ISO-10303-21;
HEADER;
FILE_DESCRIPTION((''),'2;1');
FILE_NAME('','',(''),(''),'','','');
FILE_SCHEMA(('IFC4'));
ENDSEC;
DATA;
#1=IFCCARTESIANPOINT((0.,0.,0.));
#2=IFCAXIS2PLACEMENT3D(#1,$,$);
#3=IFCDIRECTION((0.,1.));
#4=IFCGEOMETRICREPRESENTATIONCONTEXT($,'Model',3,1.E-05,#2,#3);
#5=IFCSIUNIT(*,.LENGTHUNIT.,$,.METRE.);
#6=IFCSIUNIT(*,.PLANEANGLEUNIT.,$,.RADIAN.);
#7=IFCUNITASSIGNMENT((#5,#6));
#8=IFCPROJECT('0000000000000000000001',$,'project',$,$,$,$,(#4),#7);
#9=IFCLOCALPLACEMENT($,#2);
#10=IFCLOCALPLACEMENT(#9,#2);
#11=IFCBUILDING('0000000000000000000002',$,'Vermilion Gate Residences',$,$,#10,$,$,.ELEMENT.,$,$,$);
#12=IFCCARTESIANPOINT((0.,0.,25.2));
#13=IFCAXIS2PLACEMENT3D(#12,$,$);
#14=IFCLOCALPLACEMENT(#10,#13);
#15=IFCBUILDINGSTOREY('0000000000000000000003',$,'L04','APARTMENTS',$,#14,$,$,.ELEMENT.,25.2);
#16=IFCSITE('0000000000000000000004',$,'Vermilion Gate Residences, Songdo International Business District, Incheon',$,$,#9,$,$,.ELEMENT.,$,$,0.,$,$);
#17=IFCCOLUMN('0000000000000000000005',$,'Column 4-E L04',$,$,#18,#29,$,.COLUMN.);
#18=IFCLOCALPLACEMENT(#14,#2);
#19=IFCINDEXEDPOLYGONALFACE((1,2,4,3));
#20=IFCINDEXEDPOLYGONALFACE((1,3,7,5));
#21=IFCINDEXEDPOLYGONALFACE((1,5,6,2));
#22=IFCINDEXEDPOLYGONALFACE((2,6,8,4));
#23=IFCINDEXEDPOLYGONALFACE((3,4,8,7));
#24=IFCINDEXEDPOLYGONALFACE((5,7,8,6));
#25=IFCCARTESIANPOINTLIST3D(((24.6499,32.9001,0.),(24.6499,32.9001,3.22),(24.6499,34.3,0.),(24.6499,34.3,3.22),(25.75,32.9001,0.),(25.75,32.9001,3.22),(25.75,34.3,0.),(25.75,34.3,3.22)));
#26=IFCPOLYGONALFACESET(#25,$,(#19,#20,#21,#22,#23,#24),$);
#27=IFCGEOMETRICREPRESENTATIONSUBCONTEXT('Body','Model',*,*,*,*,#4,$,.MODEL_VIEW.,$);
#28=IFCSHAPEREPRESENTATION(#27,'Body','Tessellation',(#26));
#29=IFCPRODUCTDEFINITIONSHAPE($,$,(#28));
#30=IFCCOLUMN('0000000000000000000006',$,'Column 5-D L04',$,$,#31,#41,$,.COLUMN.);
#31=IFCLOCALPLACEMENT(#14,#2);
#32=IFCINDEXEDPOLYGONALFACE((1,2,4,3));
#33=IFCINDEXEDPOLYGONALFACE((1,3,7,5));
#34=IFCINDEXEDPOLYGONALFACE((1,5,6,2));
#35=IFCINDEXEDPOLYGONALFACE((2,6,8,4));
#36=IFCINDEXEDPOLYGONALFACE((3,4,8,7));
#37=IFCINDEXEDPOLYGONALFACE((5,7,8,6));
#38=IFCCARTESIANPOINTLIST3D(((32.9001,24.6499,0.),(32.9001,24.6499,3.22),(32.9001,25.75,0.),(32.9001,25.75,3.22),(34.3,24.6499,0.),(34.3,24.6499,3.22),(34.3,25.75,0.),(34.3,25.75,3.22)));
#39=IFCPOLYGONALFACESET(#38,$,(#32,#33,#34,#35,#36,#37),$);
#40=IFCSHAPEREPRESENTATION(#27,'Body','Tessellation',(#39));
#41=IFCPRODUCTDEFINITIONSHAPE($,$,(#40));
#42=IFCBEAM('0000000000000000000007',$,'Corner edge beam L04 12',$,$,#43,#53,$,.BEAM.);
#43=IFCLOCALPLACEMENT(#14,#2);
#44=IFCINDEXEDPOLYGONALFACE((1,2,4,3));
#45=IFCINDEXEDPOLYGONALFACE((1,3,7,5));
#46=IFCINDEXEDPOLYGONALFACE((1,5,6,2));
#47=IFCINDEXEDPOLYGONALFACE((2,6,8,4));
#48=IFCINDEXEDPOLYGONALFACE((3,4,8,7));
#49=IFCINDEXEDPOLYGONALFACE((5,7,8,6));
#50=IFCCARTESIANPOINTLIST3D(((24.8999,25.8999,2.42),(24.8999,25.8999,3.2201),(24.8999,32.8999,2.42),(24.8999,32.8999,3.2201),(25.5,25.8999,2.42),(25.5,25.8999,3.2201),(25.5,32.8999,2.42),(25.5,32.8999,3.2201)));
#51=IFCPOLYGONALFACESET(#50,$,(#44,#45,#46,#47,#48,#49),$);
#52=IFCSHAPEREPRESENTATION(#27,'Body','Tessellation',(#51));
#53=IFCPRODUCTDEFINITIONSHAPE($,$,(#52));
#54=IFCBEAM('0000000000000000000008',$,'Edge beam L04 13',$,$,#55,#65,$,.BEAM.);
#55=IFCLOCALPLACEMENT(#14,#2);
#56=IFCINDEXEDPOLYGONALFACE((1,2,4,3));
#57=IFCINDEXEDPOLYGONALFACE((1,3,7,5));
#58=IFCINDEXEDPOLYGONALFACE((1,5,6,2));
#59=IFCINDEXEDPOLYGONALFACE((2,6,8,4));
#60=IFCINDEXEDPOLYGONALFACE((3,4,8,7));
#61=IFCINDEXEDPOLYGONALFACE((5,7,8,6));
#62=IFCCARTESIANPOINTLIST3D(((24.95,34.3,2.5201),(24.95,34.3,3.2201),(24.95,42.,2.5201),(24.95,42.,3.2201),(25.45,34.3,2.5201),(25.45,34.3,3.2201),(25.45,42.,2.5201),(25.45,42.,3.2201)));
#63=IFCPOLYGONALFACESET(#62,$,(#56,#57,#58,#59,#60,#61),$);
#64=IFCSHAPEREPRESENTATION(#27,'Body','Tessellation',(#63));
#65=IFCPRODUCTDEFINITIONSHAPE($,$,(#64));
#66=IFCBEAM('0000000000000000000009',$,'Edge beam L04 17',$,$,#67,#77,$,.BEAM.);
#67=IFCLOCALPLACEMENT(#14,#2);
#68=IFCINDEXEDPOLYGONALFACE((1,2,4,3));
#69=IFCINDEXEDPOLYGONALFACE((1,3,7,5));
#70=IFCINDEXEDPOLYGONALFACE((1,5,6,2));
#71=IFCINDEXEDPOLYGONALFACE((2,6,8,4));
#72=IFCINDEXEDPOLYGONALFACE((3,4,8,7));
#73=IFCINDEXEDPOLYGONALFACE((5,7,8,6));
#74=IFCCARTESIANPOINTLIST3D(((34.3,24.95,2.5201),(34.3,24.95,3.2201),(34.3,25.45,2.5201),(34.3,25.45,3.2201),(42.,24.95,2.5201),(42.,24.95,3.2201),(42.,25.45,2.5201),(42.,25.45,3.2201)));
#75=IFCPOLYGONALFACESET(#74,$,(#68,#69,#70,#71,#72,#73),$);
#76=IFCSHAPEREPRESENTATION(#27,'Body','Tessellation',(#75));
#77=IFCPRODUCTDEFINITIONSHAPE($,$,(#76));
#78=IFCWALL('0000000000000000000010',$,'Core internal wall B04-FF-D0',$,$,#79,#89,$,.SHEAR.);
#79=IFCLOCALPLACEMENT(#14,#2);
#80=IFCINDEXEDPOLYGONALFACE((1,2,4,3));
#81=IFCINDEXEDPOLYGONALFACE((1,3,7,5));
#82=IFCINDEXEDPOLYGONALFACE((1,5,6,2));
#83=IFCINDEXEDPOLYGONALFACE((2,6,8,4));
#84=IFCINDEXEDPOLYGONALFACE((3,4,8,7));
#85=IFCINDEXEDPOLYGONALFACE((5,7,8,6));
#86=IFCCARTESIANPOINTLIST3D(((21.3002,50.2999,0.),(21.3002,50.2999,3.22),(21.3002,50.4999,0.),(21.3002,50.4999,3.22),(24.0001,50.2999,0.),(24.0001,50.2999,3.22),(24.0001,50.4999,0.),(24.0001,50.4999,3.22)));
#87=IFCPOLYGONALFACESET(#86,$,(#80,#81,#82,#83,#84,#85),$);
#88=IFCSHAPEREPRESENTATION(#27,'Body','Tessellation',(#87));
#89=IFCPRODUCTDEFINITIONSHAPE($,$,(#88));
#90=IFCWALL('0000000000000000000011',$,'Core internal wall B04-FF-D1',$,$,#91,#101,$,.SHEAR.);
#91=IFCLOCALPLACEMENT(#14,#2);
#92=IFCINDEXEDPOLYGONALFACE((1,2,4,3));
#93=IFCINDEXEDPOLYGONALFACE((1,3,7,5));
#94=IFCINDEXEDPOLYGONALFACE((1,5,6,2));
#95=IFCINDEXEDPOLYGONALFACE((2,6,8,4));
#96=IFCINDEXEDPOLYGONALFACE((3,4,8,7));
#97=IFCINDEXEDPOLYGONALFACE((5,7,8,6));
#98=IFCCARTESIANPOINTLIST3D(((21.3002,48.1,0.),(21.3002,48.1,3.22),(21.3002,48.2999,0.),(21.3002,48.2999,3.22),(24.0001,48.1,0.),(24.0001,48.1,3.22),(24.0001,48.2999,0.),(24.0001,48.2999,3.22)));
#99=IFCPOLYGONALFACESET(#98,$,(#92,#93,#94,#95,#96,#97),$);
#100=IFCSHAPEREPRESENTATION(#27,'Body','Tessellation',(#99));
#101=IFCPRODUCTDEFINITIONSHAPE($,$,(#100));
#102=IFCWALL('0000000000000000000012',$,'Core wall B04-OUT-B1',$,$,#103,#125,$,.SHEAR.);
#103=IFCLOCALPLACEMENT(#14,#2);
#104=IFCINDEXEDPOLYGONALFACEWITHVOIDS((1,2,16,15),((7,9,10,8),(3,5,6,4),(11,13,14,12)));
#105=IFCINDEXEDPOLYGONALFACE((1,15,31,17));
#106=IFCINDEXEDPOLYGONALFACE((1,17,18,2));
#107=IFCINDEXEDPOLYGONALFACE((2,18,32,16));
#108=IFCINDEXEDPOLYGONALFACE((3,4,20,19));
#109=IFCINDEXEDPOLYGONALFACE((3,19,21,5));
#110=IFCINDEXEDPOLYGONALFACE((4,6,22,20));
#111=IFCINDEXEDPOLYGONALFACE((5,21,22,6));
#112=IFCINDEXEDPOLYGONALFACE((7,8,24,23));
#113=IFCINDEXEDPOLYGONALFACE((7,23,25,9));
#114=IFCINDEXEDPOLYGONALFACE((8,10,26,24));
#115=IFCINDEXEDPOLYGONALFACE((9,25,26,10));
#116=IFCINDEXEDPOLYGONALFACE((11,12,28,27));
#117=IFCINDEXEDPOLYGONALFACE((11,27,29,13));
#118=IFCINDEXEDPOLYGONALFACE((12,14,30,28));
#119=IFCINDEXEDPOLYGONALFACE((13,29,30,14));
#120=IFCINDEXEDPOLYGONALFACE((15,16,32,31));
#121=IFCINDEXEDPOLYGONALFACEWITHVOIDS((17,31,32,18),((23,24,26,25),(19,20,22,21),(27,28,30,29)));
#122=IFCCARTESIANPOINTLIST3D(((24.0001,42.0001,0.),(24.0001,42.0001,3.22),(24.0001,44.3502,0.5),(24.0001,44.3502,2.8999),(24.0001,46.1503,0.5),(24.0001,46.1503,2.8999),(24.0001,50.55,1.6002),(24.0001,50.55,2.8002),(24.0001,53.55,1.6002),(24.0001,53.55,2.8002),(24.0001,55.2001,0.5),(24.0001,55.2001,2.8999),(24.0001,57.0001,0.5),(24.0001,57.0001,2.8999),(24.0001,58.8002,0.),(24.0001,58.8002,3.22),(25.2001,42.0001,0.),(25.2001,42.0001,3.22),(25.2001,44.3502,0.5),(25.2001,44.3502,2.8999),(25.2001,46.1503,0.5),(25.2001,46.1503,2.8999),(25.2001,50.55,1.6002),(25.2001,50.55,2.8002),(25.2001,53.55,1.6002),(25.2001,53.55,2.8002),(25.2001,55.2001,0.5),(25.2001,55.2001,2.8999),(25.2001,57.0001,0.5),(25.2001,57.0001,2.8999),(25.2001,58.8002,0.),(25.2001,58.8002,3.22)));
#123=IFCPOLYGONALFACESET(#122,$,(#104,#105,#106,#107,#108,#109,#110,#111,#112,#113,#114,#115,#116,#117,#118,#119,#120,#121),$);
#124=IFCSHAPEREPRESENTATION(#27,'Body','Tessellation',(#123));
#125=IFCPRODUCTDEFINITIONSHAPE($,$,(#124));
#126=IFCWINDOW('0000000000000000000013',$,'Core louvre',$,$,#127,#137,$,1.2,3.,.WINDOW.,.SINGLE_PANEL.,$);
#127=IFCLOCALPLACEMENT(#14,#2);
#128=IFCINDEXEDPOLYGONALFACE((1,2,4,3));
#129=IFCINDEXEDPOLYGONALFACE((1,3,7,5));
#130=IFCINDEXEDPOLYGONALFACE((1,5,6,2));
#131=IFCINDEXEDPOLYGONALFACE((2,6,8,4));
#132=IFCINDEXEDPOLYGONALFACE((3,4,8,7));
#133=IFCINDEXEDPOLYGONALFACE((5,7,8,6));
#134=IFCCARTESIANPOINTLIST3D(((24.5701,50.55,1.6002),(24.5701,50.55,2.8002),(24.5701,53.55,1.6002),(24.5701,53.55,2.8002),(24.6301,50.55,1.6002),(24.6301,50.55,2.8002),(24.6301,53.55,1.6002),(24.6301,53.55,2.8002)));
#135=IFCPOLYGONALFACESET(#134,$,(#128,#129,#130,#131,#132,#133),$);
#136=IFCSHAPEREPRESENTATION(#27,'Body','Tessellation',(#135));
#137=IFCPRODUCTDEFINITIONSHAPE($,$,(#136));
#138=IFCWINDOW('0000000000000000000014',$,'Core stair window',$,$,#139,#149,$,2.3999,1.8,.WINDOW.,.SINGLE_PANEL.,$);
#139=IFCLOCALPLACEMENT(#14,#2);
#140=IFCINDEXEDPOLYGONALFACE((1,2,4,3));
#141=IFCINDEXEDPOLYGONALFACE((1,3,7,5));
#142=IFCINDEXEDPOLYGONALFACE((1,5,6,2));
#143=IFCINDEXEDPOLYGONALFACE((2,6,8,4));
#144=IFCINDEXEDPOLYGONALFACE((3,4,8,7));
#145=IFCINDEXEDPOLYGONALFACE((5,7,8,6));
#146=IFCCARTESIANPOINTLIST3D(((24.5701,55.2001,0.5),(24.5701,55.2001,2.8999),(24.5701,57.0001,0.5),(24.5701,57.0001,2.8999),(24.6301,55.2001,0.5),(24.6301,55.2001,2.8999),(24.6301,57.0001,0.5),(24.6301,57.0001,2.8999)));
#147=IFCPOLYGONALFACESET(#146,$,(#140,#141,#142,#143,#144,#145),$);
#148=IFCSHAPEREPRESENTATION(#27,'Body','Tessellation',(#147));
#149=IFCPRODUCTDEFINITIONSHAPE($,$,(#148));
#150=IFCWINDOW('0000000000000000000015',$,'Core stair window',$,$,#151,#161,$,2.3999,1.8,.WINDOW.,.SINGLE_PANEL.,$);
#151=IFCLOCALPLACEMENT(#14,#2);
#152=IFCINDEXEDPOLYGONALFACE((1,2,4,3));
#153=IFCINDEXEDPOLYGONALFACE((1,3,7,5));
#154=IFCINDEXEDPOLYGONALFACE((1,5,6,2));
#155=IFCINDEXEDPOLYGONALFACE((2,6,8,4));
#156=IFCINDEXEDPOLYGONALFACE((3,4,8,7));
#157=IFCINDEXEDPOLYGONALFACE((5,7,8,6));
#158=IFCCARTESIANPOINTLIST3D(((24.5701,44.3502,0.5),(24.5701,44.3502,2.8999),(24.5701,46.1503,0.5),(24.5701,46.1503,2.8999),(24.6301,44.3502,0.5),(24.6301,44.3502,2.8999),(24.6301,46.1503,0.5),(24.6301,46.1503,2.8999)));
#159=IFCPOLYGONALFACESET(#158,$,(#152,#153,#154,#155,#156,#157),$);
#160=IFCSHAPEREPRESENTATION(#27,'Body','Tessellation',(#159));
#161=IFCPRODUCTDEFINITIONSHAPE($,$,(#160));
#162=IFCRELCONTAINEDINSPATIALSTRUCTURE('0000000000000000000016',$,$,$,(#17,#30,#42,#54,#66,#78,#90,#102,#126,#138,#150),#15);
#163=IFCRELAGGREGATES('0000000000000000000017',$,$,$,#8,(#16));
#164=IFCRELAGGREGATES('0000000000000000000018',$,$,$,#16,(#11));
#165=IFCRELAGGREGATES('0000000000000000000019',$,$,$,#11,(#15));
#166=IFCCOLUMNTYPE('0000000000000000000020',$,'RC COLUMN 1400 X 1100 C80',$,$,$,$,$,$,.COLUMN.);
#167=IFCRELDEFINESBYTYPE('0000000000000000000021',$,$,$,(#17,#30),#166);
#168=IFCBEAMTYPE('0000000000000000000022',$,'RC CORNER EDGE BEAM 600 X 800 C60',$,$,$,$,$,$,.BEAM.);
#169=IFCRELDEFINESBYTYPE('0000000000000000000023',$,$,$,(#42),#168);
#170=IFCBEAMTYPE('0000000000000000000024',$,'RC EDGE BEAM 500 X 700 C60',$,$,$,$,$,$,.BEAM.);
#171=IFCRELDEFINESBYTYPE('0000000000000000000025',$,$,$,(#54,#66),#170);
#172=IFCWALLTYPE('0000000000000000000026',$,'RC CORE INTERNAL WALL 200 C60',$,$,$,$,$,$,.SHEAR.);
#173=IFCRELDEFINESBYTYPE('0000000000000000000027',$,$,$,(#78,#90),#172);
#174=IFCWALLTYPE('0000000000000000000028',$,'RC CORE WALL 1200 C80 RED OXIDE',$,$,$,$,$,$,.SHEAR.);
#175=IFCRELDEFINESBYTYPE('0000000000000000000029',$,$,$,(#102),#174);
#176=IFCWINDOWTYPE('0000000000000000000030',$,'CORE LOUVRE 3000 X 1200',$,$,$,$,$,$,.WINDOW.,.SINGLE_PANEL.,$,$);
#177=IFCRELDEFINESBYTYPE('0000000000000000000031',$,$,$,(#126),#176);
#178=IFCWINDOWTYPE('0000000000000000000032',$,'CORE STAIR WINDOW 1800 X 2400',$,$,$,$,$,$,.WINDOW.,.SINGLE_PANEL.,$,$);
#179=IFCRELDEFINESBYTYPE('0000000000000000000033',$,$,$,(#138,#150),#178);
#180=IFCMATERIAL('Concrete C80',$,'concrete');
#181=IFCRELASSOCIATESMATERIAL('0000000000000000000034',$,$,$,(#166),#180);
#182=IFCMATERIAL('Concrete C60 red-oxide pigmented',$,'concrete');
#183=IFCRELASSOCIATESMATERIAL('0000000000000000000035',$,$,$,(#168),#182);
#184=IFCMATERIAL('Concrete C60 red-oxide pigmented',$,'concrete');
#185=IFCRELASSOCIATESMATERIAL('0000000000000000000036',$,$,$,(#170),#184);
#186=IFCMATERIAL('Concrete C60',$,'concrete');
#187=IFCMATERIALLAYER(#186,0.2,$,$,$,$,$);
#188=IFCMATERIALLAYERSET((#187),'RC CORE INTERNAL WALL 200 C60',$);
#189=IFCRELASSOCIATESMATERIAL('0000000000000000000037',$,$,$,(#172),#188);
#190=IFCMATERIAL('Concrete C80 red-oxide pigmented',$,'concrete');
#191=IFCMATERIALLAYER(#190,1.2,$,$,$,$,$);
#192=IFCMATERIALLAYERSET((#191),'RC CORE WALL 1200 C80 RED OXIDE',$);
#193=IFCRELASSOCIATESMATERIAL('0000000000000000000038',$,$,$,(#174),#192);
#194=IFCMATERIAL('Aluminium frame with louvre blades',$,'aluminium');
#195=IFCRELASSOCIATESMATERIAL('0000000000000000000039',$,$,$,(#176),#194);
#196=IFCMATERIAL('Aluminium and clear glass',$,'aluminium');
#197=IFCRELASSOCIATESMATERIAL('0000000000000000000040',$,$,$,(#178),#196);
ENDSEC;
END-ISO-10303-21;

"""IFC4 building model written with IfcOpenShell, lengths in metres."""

from ifc_helpers import new_model, si_unit, direction, frame, frame_2d, origin, origin_2d, place, context, subcontext, project, spatial, rectangle, extrude, material, layer, layer_set, material_profile, profile_set, type_object, element, fill, save


model = new_model("IFC4")

# Units and contexts
model_context = context("Model", 3, precision=1e-05, world=origin(), true_north=direction((0.0, 1.0)))
body_context = subcontext(model_context, "Body", "Model", "MODEL_VIEW")
ifc_project = project(units=[si_unit("LENGTHUNIT", "METRE"), si_unit("PLANEANGLEUNIT", "RADIAN")], contexts=[model_context])

# Site, building, storey
site_placement = place(None, origin())
site = spatial("IfcSite", under=ifc_project, at=site_placement, Name="Vermilion Gate Residences, Songdo International Business District, Incheon", CompositionType="ELEMENT", RefElevation=0.0)
building_placement = place(site_placement, origin())
building = spatial("IfcBuilding", under=site, at=building_placement, Name="Vermilion Gate Residences", CompositionType="ELEMENT")
storey_placement = place(building_placement, frame((0.0, 0.0, 25.2)))
storey = spatial("IfcBuildingStorey", under=building, at=storey_placement, Name="L04", Description="APARTMENTS", CompositionType="ELEMENT", Elevation=25.2)

# Columns
ifc_material_1 = material(Name="Concrete C80", Category="concrete")
ifc_material_profile_1 = material_profile(ifc_material_1, rectangle(XDim=1.3999, YDim=1.1001, at=origin_2d()), Name="RC-1400x1100")
ifc_profile_set_1 = profile_set([ifc_material_profile_1], Name="Concrete C80")
column_type = type_object("IfcColumnType", Name="RC COLUMN 1400 X 1100 C80", PredefinedType="COLUMN", material=ifc_profile_set_1)
for number, where, z_axis, x_axis, name in (
    (1, (25.2, 33.6001, 0.0), (0.0, 0.0, 1.0), (0.0, 1.0, 0.0), "Column 4-E L04"),
    (2, (33.6001, 25.2, 0.0), (0.0, 0.0, 1.0), (1.0, 0.0, 0.0), "Column 5-D L04"),
):
    element("IfcColumn", number, at=place(storey_placement, frame(where, z_axis=z_axis, x_axis=x_axis)), inside=storey, type_object=column_type, Name=name, PredefinedType="COLUMN", context=body_context, shape_type="SweptSolid", body=[
        extrude(rectangle(XDim=1.3999, YDim=1.1001, at=origin_2d()), origin(), (0.0, 0.0, 1.0), 3.22),
    ])

# Beams
ifc_material_2 = material(Name="Concrete C60 red-oxide pigmented", Category="concrete")
ifc_material_profile_2 = material_profile(ifc_material_2, rectangle(XDim=0.6001, YDim=0.8, at=origin_2d()), Name="RC-600x800")
ifc_profile_set_2 = profile_set([ifc_material_profile_2], Name="Concrete C60 red-oxide pigmented")
beam_type_1 = type_object("IfcBeamType", Name="RC CORNER EDGE BEAM 600 X 800 C60", PredefinedType="BEAM", material=ifc_profile_set_2)
beam_placement = place(storey_placement, frame((25.2, 25.8999, 2.8201), z_axis=(0.0, 1.0, 0.0), x_axis=(-1.0, 0.0, 0.0)))
element("IfcBeam", 3, at=beam_placement, inside=storey, type_object=beam_type_1, Name="Corner edge beam L04 12", PredefinedType="BEAM", context=body_context, shape_type="SweptSolid", body=[
    extrude(rectangle(XDim=0.6001, YDim=0.8, at=origin_2d()), origin(), (0.0, 0.0, 1.0), 7.0),
])
ifc_material_3 = material(Name="Concrete C60 red-oxide pigmented", Category="concrete")
ifc_material_profile_3 = material_profile(ifc_material_3, rectangle(XDim=0.5, YDim=0.7, at=origin_2d()), Name="RC-500x700")
ifc_profile_set_3 = profile_set([ifc_material_profile_3], Name="Concrete C60 red-oxide pigmented")
beam_type_2 = type_object("IfcBeamType", Name="RC EDGE BEAM 500 X 700 C60", PredefinedType="BEAM", material=ifc_profile_set_3)
for number, where, z_axis, x_axis, name in (
    (4, (25.2, 34.3, 2.8701), (0.0, 1.0, 0.0), (-1.0, 0.0, 0.0), "Edge beam L04 13"),
    (5, (34.3, 25.2, 2.8701), (1.0, 0.0, 0.0), (0.0, 1.0, 0.0), "Edge beam L04 17"),
):
    element("IfcBeam", number, at=place(storey_placement, frame(where, z_axis=z_axis, x_axis=x_axis)), inside=storey, type_object=beam_type_2, Name=name, PredefinedType="BEAM", context=body_context, shape_type="SweptSolid", body=[
        extrude(rectangle(XDim=0.5, YDim=0.7, at=origin_2d()), origin(), (0.0, 0.0, 1.0), 7.7),
    ])

# Walls
ifc_material_4 = material(Name="Concrete C60", Category="concrete")
ifc_layer_1 = layer(ifc_material_4, 0.2)
ifc_layer_set_1 = layer_set([ifc_layer_1], Name="RC CORE INTERNAL WALL 200 C60")
wall_type_1 = type_object("IfcWallType", Name="RC CORE INTERNAL WALL 200 C60", PredefinedType="SHEAR", material=ifc_layer_set_1)
for number, where, z_axis, x_axis, name in (
    (6, (21.3, 50.3999, 0.0), (0.0, 0.0, 1.0), (1.0, 0.0, 0.0), "Core internal wall B04-FF-D0"),
    (7, (21.3, 48.2, 0.0), (0.0, 0.0, 1.0), (1.0, 0.0, 0.0), "Core internal wall B04-FF-D1"),
):
    element("IfcWall", number, at=place(storey_placement, frame(where, z_axis=z_axis, x_axis=x_axis)), inside=storey, type_object=wall_type_1, Name=name, PredefinedType="SHEAR", context=body_context, shape_type="SweptSolid", body=[
        extrude(rectangle(XDim=2.7, YDim=0.2, at=frame_2d((1.3501, 0.0))), origin(), (0.0, 0.0, 1.0), 3.22),
    ])

# Wall, openings, windows
ifc_material_5 = material(Name="Concrete C80 red-oxide pigmented", Category="concrete")
ifc_layer_2 = layer(ifc_material_5, 1.2)
ifc_layer_set_2 = layer_set([ifc_layer_2], Name="RC CORE WALL 1200 C80 RED OXIDE")
wall_type_2 = type_object("IfcWallType", Name="RC CORE WALL 1200 C80 RED OXIDE", PredefinedType="SHEAR", material=ifc_layer_set_2)
wall_placement = place(storey_placement, frame((24.6001, 58.8, 0.0), z_axis=(0.0, 0.0, 1.0), x_axis=(0.0, -1.0, 0.0)))
wall = element("IfcWall", 8, at=wall_placement, inside=storey, type_object=wall_type_2, Name="Core wall B04-OUT-B1", PredefinedType="SHEAR", context=body_context, shape_type="SweptSolid", body=[
    extrude(rectangle(XDim=16.8, YDim=1.2, at=frame_2d((8.3999, 0.0))), origin(), (0.0, 0.0, 1.0), 3.22),
])
opening_1_placement = place(wall_placement, frame((1.8, 0.0, 0.5)))
opening_1 = element("IfcOpeningElement", 9, at=opening_1_placement, cuts=wall, PredefinedType="OPENING", context=body_context, shape_type="SweptSolid", body=[
    extrude(rectangle(XDim=1.8, YDim=2.3999, at=frame_2d((0.8999, 1.2))), frame((0.0, 0.6099, 0.0), z_axis=(0.0, -1.0, 0.0), x_axis=(1.0, 0.0, 0.0)), (0.0, 0.0, 1.0), 1.22),
])
opening_2_placement = place(wall_placement, frame((5.25, 0.0, 1.6001)))
opening_2 = element("IfcOpeningElement", 10, at=opening_2_placement, cuts=wall, PredefinedType="OPENING", context=body_context, shape_type="SweptSolid", body=[
    extrude(rectangle(XDim=3.0, YDim=1.2, at=frame_2d((1.5, 0.6001))), frame((0.0, 0.6099, 0.0), z_axis=(0.0, -1.0, 0.0), x_axis=(1.0, 0.0, 0.0)), (0.0, 0.0, 1.0), 1.22),
])
opening_3_placement = place(wall_placement, frame((12.6499, 0.0, 0.5)))
opening_3 = element("IfcOpeningElement", 11, at=opening_3_placement, cuts=wall, PredefinedType="OPENING", context=body_context, shape_type="SweptSolid", body=[
    extrude(rectangle(XDim=1.8, YDim=2.3999, at=frame_2d((0.8999, 1.2))), frame((0.0, 0.6099, 0.0), z_axis=(0.0, -1.0, 0.0), x_axis=(1.0, 0.0, 0.0)), (0.0, 0.0, 1.0), 1.22),
])
ifc_material_6 = material(Name="Aluminium frame with louvre blades", Category="aluminium")
window_type_1 = type_object("IfcWindowType", Name="CORE LOUVRE 3000 X 1200", PartitioningType="SINGLE_PANEL", PredefinedType="WINDOW", material=ifc_material_6)
window_1_placement = place(opening_2_placement, origin())
window_1 = element("IfcWindow", 12, at=window_1_placement, inside=storey, type_object=window_type_1, Name="Core louvre", OverallHeight=1.2, OverallWidth=3.0, PartitioningType="SINGLE_PANEL", PredefinedType="WINDOW", context=body_context, shape_type="SweptSolid", body=[
    extrude(rectangle(XDim=3.0, YDim=1.2, at=frame_2d((1.5, 0.6001))), frame((0.0, 0.03, 0.0), z_axis=(0.0, -1.0, 0.0), x_axis=(1.0, 0.0, 0.0)), (0.0, 0.0, 1.0), 0.0601),
])
fill(opening_2, window_1)
ifc_material_7 = material(Name="Aluminium and clear glass", Category="aluminium")
window_type_2 = type_object("IfcWindowType", Name="CORE STAIR WINDOW 1800 X 2400", PartitioningType="SINGLE_PANEL", PredefinedType="WINDOW", material=ifc_material_7)
window_2_placement = place(opening_1_placement, origin())
window_2 = element("IfcWindow", 13, at=window_2_placement, inside=storey, type_object=window_type_2, Name="Core stair window", OverallHeight=2.3999, OverallWidth=1.8, PartitioningType="SINGLE_PANEL", PredefinedType="WINDOW", context=body_context, shape_type="SweptSolid", body=[
    extrude(rectangle(XDim=1.8, YDim=2.3999, at=frame_2d((0.8999, 1.2))), frame((0.0, 0.03, 0.0), z_axis=(0.0, -1.0, 0.0), x_axis=(1.0, 0.0, 0.0)), (0.0, 0.0, 1.0), 0.0601),
])
fill(opening_1, window_2)
window_3_placement = place(opening_3_placement, origin())
window_3 = element("IfcWindow", 14, at=window_3_placement, inside=storey, type_object=window_type_2, Name="Core stair window", OverallHeight=2.3999, OverallWidth=1.8, PartitioningType="SINGLE_PANEL", PredefinedType="WINDOW", context=body_context, shape_type="SweptSolid", body=[
    extrude(rectangle(XDim=1.8, YDim=2.3999, at=frame_2d((0.8999, 1.2))), frame((0.0, 0.03, 0.0), z_axis=(0.0, -1.0, 0.0), x_axis=(1.0, 0.0, 0.0)), (0.0, 0.0, 1.0), 0.0601),
])
fill(opening_3, window_3)

save(model, "model.ifc")
